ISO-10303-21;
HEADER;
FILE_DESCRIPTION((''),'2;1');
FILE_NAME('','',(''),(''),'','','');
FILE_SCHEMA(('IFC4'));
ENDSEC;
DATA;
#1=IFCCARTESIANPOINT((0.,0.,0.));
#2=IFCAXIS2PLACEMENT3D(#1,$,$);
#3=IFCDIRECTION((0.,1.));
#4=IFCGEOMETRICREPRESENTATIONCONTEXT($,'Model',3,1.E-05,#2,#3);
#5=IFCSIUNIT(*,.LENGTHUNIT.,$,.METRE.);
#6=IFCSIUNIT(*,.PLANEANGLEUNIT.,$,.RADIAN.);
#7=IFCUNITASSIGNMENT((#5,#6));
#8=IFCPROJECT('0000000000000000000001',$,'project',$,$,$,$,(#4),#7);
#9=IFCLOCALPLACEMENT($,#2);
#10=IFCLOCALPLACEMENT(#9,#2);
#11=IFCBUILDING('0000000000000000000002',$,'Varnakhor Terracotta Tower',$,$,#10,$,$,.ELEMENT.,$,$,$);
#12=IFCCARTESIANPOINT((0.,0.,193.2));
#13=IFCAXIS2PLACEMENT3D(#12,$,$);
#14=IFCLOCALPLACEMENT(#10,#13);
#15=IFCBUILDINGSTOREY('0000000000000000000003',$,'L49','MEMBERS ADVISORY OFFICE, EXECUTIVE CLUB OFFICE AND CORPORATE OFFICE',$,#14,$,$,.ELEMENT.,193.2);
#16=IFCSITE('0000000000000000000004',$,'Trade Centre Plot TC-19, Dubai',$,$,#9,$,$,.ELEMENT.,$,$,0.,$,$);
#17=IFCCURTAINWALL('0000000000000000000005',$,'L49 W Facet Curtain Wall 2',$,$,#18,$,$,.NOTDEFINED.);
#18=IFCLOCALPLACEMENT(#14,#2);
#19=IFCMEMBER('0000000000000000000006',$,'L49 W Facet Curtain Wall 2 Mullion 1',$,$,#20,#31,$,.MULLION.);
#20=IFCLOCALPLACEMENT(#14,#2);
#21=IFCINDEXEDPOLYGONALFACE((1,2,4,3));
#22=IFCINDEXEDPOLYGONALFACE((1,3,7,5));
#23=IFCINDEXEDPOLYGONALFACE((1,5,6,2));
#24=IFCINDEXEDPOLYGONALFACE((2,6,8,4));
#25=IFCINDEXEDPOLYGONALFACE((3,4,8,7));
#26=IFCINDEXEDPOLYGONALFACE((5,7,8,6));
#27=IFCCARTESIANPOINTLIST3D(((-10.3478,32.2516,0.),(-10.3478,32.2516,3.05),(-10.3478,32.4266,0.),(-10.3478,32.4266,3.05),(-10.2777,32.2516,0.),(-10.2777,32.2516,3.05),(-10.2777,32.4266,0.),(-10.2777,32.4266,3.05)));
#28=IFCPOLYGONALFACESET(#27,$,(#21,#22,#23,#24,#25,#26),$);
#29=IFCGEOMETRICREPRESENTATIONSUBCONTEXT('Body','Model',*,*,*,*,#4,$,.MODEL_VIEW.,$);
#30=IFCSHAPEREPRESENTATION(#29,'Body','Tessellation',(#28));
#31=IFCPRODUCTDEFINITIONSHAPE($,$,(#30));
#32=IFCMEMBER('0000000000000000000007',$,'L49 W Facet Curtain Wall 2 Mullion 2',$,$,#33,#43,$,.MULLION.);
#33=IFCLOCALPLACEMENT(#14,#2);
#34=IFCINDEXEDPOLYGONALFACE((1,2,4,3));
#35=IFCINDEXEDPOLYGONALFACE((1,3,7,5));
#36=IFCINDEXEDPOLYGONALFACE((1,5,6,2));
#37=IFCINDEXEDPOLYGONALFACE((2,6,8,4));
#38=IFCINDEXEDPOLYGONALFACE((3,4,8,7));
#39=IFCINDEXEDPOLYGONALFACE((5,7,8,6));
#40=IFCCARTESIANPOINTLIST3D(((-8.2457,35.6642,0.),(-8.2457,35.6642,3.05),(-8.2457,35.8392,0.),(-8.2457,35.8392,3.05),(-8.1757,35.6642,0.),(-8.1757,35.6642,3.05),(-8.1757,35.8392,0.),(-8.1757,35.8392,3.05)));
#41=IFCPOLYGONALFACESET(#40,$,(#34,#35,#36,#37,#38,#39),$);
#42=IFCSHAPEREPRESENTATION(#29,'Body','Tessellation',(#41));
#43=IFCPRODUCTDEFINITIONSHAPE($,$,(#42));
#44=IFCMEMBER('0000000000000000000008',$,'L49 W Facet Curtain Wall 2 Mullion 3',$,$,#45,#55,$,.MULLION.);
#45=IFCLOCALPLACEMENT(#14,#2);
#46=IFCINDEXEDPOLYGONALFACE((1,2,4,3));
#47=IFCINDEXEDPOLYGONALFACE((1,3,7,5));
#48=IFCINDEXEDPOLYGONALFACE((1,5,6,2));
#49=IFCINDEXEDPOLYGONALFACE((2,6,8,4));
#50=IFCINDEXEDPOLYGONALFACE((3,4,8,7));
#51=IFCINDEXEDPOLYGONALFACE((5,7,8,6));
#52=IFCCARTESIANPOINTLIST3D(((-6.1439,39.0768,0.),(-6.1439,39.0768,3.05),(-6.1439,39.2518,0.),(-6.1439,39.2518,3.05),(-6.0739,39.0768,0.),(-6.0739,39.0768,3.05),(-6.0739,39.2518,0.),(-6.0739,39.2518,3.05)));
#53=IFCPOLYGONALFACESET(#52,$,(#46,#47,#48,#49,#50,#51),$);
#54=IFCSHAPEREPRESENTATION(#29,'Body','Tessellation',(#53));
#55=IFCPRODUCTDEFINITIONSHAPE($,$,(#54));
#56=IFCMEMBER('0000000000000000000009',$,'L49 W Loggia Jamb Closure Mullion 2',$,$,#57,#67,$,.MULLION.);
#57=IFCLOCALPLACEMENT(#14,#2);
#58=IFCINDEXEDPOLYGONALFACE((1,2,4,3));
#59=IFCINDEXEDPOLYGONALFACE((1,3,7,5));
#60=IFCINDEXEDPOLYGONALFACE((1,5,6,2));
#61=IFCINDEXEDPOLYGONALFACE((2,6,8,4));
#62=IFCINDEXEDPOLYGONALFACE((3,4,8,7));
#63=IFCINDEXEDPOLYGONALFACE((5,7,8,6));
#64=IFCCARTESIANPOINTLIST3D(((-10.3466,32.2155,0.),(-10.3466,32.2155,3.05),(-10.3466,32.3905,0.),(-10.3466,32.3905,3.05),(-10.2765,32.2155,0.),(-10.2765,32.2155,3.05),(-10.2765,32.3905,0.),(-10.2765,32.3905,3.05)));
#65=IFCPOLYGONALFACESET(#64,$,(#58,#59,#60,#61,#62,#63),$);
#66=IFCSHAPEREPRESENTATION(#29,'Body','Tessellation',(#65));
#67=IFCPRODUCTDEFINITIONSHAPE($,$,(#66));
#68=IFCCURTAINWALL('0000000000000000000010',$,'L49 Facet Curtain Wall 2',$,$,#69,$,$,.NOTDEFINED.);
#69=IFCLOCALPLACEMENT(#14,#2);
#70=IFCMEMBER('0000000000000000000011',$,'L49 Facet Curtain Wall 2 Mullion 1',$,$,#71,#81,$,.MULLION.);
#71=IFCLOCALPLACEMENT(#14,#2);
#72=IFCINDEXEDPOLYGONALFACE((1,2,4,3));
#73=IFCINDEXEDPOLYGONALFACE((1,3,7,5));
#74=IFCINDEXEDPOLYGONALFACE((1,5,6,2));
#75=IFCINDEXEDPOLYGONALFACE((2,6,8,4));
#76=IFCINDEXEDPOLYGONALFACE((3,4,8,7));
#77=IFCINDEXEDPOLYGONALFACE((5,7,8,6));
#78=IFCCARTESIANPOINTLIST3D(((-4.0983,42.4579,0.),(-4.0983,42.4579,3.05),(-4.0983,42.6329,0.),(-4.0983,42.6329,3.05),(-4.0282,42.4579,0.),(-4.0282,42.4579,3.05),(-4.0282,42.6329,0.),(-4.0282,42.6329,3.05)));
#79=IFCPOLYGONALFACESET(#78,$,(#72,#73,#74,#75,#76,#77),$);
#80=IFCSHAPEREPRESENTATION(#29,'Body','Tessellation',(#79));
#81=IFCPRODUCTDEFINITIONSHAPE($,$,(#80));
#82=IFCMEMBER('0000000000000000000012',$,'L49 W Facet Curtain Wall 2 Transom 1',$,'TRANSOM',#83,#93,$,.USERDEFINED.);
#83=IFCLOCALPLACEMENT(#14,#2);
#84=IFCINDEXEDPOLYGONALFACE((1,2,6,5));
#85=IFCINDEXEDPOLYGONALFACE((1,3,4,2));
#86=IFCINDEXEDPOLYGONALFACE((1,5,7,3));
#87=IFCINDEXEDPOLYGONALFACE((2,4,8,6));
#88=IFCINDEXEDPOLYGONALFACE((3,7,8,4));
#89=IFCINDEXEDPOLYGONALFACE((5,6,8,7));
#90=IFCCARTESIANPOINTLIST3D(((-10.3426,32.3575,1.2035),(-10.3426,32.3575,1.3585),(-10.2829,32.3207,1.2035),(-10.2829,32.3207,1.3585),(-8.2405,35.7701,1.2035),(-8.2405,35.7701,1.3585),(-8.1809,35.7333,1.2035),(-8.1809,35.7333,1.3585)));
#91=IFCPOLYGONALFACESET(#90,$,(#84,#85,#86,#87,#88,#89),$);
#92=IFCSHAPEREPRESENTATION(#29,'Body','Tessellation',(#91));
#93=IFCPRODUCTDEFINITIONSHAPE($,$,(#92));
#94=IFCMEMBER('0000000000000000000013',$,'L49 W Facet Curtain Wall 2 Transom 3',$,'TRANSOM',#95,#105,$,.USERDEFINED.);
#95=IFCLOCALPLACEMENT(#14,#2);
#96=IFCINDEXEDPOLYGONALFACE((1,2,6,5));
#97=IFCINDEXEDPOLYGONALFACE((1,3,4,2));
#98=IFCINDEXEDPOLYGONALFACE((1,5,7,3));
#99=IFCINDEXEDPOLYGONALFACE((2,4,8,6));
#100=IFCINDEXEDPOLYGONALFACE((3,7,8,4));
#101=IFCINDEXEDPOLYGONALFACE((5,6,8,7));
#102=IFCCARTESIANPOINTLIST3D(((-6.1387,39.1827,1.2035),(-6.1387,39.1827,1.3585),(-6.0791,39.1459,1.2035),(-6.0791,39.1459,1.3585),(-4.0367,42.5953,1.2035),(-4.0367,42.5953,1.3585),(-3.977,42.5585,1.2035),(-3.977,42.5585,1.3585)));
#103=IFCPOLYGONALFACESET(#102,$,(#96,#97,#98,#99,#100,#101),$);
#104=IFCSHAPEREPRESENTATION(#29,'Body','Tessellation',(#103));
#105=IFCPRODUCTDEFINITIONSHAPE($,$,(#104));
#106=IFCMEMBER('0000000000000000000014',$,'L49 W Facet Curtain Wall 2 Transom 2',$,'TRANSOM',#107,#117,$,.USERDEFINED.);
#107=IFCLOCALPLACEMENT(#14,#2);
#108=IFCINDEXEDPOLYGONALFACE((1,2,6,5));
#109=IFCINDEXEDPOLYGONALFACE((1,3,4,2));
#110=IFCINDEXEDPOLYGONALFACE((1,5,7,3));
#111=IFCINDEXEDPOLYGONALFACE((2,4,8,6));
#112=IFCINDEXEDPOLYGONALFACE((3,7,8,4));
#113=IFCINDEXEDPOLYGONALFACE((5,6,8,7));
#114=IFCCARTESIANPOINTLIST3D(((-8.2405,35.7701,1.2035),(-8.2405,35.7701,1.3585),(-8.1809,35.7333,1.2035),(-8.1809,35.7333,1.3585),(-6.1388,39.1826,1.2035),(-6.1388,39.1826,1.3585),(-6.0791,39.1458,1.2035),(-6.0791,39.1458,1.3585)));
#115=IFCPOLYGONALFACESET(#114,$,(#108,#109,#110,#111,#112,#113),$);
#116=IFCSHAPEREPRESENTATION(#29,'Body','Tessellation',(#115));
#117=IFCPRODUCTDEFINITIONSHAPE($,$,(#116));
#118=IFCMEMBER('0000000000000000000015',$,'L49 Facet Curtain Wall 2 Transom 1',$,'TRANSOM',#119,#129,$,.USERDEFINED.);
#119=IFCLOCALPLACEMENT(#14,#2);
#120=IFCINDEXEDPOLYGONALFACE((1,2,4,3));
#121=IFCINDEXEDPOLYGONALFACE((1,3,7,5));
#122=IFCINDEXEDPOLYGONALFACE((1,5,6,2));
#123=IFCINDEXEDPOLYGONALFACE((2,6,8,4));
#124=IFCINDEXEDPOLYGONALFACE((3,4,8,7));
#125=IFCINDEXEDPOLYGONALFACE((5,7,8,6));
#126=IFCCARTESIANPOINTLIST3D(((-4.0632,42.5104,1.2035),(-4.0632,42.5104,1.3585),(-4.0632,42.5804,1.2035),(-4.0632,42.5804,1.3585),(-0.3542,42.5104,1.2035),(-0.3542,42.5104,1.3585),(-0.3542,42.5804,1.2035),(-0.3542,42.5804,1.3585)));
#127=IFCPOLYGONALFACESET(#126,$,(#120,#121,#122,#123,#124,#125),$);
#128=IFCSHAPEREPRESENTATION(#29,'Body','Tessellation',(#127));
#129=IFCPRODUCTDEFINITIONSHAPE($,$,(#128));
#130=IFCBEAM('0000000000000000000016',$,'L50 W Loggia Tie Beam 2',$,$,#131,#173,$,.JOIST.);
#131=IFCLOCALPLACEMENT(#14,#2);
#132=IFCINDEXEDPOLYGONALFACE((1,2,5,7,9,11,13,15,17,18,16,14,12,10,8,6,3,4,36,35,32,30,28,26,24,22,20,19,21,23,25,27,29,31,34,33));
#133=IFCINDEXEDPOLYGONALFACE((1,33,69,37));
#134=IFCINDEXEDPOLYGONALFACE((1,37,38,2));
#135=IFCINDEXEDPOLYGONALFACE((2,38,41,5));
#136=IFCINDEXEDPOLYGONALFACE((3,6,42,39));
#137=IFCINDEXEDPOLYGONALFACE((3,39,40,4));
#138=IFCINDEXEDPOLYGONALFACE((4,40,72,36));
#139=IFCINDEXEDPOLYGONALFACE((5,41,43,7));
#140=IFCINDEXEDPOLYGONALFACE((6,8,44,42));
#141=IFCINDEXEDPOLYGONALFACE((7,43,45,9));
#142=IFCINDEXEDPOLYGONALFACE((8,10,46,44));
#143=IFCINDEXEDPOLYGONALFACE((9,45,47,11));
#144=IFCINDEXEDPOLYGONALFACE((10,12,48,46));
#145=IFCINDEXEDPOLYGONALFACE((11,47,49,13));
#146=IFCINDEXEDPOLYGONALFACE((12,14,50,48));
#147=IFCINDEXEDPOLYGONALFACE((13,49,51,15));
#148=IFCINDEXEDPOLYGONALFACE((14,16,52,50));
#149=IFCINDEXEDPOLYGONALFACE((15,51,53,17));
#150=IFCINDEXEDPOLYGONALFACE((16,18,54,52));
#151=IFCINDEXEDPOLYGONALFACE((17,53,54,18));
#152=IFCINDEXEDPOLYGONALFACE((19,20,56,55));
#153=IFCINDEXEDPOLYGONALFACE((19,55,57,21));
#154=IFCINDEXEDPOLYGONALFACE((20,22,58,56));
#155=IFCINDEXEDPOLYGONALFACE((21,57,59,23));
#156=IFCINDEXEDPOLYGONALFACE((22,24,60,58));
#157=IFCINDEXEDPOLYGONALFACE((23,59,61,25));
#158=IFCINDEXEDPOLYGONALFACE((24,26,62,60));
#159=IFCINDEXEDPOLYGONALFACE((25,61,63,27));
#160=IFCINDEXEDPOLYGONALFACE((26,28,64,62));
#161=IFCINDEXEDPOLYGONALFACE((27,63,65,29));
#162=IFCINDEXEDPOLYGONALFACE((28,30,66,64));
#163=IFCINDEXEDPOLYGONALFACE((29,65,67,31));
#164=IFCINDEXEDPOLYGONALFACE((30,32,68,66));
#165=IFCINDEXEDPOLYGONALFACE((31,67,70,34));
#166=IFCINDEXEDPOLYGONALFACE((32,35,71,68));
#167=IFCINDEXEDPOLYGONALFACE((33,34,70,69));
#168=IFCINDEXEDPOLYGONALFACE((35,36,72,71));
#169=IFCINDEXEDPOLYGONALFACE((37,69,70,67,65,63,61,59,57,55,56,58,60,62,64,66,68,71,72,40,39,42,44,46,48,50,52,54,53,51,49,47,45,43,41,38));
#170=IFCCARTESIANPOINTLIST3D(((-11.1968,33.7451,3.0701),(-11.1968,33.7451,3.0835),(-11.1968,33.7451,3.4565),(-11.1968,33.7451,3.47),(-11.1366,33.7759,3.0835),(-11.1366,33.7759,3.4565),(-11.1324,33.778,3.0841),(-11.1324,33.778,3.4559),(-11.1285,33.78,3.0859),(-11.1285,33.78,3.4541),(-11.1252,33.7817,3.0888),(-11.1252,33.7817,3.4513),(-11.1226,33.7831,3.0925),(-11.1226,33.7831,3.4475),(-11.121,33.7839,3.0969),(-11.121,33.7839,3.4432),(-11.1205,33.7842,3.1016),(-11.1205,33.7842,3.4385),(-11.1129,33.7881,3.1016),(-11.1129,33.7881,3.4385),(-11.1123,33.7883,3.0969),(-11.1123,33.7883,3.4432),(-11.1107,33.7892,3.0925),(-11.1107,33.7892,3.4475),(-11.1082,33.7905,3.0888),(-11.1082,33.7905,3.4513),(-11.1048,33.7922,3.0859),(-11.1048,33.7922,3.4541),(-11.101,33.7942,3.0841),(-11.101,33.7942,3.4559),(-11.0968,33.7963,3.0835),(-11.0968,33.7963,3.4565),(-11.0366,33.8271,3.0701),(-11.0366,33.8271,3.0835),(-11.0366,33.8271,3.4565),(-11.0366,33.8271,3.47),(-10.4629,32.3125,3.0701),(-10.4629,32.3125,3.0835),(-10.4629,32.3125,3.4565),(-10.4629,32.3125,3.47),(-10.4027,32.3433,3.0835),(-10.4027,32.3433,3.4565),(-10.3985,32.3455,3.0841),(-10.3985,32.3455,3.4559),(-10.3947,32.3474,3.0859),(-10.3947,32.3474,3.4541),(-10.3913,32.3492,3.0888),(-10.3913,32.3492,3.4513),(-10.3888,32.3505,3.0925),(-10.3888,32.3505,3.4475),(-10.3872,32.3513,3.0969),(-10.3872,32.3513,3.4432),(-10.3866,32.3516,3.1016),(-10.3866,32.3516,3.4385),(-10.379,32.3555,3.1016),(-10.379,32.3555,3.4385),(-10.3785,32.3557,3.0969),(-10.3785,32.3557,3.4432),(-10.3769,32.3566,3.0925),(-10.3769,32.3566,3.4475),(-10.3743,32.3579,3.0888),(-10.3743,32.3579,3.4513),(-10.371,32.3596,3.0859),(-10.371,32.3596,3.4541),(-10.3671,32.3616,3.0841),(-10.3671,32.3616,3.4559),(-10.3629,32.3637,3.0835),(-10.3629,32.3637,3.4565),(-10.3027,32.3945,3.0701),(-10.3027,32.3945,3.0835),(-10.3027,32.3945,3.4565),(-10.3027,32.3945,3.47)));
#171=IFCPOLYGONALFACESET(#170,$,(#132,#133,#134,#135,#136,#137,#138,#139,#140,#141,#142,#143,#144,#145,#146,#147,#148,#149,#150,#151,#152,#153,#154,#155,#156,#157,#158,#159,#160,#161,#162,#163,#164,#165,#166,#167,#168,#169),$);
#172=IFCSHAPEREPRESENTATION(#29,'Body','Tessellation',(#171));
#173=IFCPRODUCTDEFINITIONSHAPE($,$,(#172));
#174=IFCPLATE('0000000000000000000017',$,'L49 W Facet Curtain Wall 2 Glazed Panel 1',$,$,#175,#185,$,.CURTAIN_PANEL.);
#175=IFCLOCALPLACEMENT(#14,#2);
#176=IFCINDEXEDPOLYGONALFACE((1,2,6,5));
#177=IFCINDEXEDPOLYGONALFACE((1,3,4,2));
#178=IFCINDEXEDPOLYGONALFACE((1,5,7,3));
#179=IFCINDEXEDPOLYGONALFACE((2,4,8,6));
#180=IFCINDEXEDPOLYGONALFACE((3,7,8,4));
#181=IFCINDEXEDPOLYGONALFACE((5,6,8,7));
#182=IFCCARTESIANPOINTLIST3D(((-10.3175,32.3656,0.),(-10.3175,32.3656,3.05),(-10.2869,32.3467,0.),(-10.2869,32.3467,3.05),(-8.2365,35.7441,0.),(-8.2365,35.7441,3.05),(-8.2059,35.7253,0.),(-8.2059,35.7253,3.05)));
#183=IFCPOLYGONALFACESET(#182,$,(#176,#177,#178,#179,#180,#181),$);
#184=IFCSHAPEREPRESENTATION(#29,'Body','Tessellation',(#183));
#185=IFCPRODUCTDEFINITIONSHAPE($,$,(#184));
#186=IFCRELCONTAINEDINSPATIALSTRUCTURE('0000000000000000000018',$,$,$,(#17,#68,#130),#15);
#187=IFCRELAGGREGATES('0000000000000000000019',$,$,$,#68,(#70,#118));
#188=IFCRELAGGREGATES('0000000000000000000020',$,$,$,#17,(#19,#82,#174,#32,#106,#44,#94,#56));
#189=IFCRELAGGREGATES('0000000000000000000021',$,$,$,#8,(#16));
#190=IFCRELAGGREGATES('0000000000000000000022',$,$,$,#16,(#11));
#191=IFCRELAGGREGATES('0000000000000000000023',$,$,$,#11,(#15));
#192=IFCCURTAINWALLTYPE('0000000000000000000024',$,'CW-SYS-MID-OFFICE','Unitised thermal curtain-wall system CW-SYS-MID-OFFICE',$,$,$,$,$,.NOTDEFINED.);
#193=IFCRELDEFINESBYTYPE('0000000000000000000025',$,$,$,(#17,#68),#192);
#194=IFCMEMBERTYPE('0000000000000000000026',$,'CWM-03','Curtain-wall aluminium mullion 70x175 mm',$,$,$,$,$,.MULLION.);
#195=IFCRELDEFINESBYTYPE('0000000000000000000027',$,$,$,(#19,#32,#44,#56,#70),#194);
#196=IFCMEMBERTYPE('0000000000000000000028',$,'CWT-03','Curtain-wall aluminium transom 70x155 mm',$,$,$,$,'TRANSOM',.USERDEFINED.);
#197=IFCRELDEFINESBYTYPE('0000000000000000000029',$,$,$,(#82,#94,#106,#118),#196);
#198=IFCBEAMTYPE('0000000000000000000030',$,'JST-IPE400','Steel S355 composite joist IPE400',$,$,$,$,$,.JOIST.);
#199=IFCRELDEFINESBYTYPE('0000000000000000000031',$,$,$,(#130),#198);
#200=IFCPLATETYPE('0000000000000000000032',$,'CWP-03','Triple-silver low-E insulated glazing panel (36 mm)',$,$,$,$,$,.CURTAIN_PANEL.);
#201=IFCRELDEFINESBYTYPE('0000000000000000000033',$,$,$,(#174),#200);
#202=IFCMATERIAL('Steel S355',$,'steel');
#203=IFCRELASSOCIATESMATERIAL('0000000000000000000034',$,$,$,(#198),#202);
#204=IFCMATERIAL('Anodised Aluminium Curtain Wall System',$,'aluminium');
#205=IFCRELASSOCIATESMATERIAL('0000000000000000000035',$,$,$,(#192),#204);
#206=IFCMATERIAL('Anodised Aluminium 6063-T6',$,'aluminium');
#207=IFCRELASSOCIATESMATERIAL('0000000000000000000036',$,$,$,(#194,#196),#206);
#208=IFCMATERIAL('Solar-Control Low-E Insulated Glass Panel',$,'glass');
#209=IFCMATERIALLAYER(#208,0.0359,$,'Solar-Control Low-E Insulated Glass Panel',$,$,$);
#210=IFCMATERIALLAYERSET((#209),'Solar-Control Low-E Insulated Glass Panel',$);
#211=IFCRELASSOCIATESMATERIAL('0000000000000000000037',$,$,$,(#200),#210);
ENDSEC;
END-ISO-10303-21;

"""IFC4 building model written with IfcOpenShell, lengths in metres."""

from ifc_helpers import new_model, si_unit, direction, frame, origin, origin_2d, place, context, subcontext, project, spatial, rectangle, i_section, extrude, source, transform, mapped, material, layer, layer_set, material_profile, profile_set, type_object, element, aggregate, save


model = new_model("IFC4")

# Units and contexts
model_context = context("Model", 3, precision=1e-05, world=origin(), true_north=direction((0.0, 1.0)))
body_context = subcontext(model_context, "Body", "Model", "MODEL_VIEW")
ifc_project = project(units=[si_unit("LENGTHUNIT", "METRE"), si_unit("PLANEANGLEUNIT", "RADIAN")], contexts=[model_context])

# Site, building, storey
site_placement = place(None, origin())
site = spatial("IfcSite", under=ifc_project, at=site_placement, Name="Trade Centre Plot TC-19, Dubai", CompositionType="ELEMENT", RefElevation=0.0)
building_placement = place(site_placement, origin())
building = spatial("IfcBuilding", under=site, at=building_placement, Name="Varnakhor Terracotta Tower", CompositionType="ELEMENT")
storey_placement = place(building_placement, frame((0.0, 0.0, 193.2)))
storey = spatial("IfcBuildingStorey", under=building, at=storey_placement, Name="L49", Description="MEMBERS ADVISORY OFFICE, EXECUTIVE CLUB OFFICE AND CORPORATE OFFICE", CompositionType="ELEMENT", Elevation=193.2)

# Shared definitions
ifc_material_1 = material(Name="Steel S355", Category="steel")
ifc_material_profile_1 = material_profile(ifc_material_1, i_section(OverallWidth=0.1799, OverallDepth=0.3999, WebThickness=0.0085, FlangeThickness=0.0134, FilletRadius=0.0181, at=origin_2d()), Name="IPE400")
ifc_profile_set_1 = profile_set([ifc_material_profile_1], Name="Steel S355")
beam_type_1 = type_object("IfcBeamType", Name="JST-IPE400", Description="Steel S355 composite joist IPE400", PredefinedType="JOIST", material=ifc_profile_set_1)

# Curtain wall, members
ifc_material_2 = material(Name="Anodised Aluminium Curtain Wall System", Category="aluminium")
curtain_wall_type = type_object("IfcCurtainWallType", Name="CW-SYS-MID-OFFICE", Description="Unitised thermal curtain-wall system CW-SYS-MID-OFFICE", PredefinedType="NOTDEFINED", material=ifc_material_2)
curtain_wall_1_placement = place(storey_placement, origin())
curtain_wall_1 = element("IfcCurtainWall", 1, at=curtain_wall_1_placement, inside=storey, type_object=curtain_wall_type, Name="L49 W Facet Curtain Wall 2", PredefinedType="NOTDEFINED")
ifc_material_3 = material(Name="Anodised Aluminium 6063-T6", Category="aluminium")
ifc_material_profile_2 = material_profile(ifc_material_3, rectangle(XDim=0.0701, YDim=0.175, at=origin_2d()), Name="ALU MULLION 70x175")
ifc_profile_set_2 = profile_set([ifc_material_profile_2], Name="Anodised Aluminium 6063-T6")
member_type_1 = type_object("IfcMemberType", Name="CWM-03", Description="Curtain-wall aluminium mullion 70x175 mm", PredefinedType="MULLION", material=ifc_profile_set_2)
shared_shape_1 = source(origin(), body_context, "Body", "SweptSolid", [
    extrude(rectangle(XDim=0.0701, YDim=0.175, at=origin_2d()), origin(), (0.0, 0.0, 1.0), 3.05),
])
member_1_placement = place(storey_placement, frame((-10.3127, 32.3391, 0.0), z_axis=(0.0, 0.0, 1.0), x_axis=(1.0, 0.0, 0.0)))
member_1 = element("IfcMember", 2, at=member_1_placement, type_object=member_type_1, Name="L49 W Facet Curtain Wall 2 Mullion 1", PredefinedType="MULLION", context=body_context, shape_type="MappedRepresentation", body=[
    mapped(shared_shape_1, transform((0.0, 0.0, 0.0), scale=1.0)),
])
member_2_placement = place(storey_placement, frame((-8.2107, 35.7517, 0.0), z_axis=(0.0, 0.0, 1.0), x_axis=(1.0, 0.0, 0.0)))
member_2 = element("IfcMember", 3, at=member_2_placement, type_object=member_type_1, Name="L49 W Facet Curtain Wall 2 Mullion 2", PredefinedType="MULLION", context=body_context, shape_type="MappedRepresentation", body=[
    mapped(shared_shape_1, transform((0.0, 0.0, 0.0), scale=1.0)),
])
member_3_placement = place(storey_placement, frame((-6.1089, 39.1643, 0.0), z_axis=(0.0, 0.0, 1.0), x_axis=(1.0, 0.0, 0.0)))
member_3 = element("IfcMember", 4, at=member_3_placement, type_object=member_type_1, Name="L49 W Facet Curtain Wall 2 Mullion 3", PredefinedType="MULLION", context=body_context, shape_type="MappedRepresentation", body=[
    mapped(shared_shape_1, transform((0.0, 0.0, 0.0), scale=1.0)),
])
member_4_placement = place(storey_placement, frame((-10.3115, 32.303, 0.0), z_axis=(0.0, 0.0, 1.0), x_axis=(1.0, 0.0, 0.0)))
member_4 = element("IfcMember", 5, at=member_4_placement, type_object=member_type_1, Name="L49 W Loggia Jamb Closure Mullion 2", PredefinedType="MULLION", context=body_context, shape_type="MappedRepresentation", body=[
    mapped(shared_shape_1, transform((0.0, 0.0, 0.0), scale=1.0)),
])

# Curtain wall, member
curtain_wall_2_placement = place(storey_placement, origin())
curtain_wall_2 = element("IfcCurtainWall", 6, at=curtain_wall_2_placement, inside=storey, type_object=curtain_wall_type, Name="L49 Facet Curtain Wall 2", PredefinedType="NOTDEFINED")
member_5_placement = place(storey_placement, frame((-4.0632, 42.5454, 0.0), z_axis=(0.0, 0.0, 1.0), x_axis=(1.0, 0.0, 0.0)))
member_5 = element("IfcMember", 7, at=member_5_placement, type_object=member_type_1, Name="L49 Facet Curtain Wall 2 Mullion 1", PredefinedType="MULLION", context=body_context, shape_type="MappedRepresentation", body=[
    mapped(shared_shape_1, transform((0.0, 0.0, 0.0), scale=1.0)),
])

# Members
ifc_material_profile_3 = material_profile(ifc_material_3, rectangle(XDim=0.0701, YDim=0.155, at=origin_2d()), Name="ALU TRANSOM 70x155")
ifc_profile_set_3 = profile_set([ifc_material_profile_3], Name="Anodised Aluminium 6063-T6")
member_type_2 = type_object("IfcMemberType", Name="CWT-03", Description="Curtain-wall aluminium transom 70x155 mm", ElementType="TRANSOM", PredefinedType="USERDEFINED", material=ifc_profile_set_3)
shared_shape_2 = source(origin(), body_context, "Body", "SweptSolid", [
    extrude(rectangle(XDim=0.0701, YDim=0.155, at=origin_2d()), origin(), (0.0, 0.0, 1.0), 4.0081),
])
member_6_placement = place(storey_placement, frame((-10.3127, 32.3391, 1.281), z_axis=(0.524458, 0.851437, 0.0), x_axis=(-0.851437, 0.524458, 0.0)))
member_6 = element("IfcMember", 8, at=member_6_placement, type_object=member_type_2, Name="L49 W Facet Curtain Wall 2 Transom 1", ObjectType="TRANSOM", PredefinedType="USERDEFINED", context=body_context, shape_type="MappedRepresentation", body=[
    mapped(shared_shape_2, transform((0.0, 0.0, 0.0), scale=1.0)),
])
member_7_placement = place(storey_placement, frame((-6.1089, 39.1643, 1.281), z_axis=(0.524458, 0.851437, 0.0), x_axis=(-0.851437, 0.524458, 0.0)))
member_7 = element("IfcMember", 9, at=member_7_placement, type_object=member_type_2, Name="L49 W Facet Curtain Wall 2 Transom 3", ObjectType="TRANSOM", PredefinedType="USERDEFINED", context=body_context, shape_type="MappedRepresentation", body=[
    mapped(shared_shape_2, transform((0.0, 0.0, 0.0), scale=1.0)),
])
shared_shape_3 = source(origin(), body_context, "Body", "SweptSolid", [
    extrude(rectangle(XDim=0.0701, YDim=0.155, at=origin_2d()), origin(), (0.0, 0.0, 1.0), 4.0078),
])
member_8_placement = place(storey_placement, frame((-8.2107, 35.7517, 1.281), z_axis=(0.524413, 0.851464, 0.0), x_axis=(-0.851464, 0.524413, 0.0)))
member_8 = element("IfcMember", 10, at=member_8_placement, type_object=member_type_2, Name="L49 W Facet Curtain Wall 2 Transom 2", ObjectType="TRANSOM", PredefinedType="USERDEFINED", context=body_context, shape_type="MappedRepresentation", body=[
    mapped(shared_shape_3, transform((0.0, 0.0, 0.0), scale=1.0)),
])
shared_shape_4 = source(origin(), body_context, "Body", "SweptSolid", [
    extrude(rectangle(XDim=0.0701, YDim=0.155, at=origin_2d()), origin(), (0.0, 0.0, 1.0), 3.709),
])
member_9_placement = place(storey_placement, frame((-4.0632, 42.5454, 1.281), z_axis=(1.0, 0.0, 0.0), x_axis=(0.0, 1.0, 0.0)))
member_9 = element("IfcMember", 11, at=member_9_placement, type_object=member_type_2, Name="L49 Facet Curtain Wall 2 Transom 1", ObjectType="TRANSOM", PredefinedType="USERDEFINED", context=body_context, shape_type="MappedRepresentation", body=[
    mapped(shared_shape_4, transform((0.0, 0.0, 0.0), scale=1.0)),
])
aggregate(curtain_wall_2, [member_5, member_9])

# Beam
shared_shape_5 = source(origin(), body_context, "Body", "SweptSolid", [
    extrude(i_section(OverallWidth=0.1799, OverallDepth=0.3999, WebThickness=0.0085, FlangeThickness=0.0134, FilletRadius=0.0181, at=origin_2d()), origin(), (0.0, 0.0, 1.0), 1.6096),
])
beam_1_placement = place(storey_placement, frame((-10.3828, 32.3535, 3.27), z_axis=(-0.455929, 0.890016, 0.0), x_axis=(-0.890016, -0.455929, 0.0)))
element("IfcBeam", 12, at=beam_1_placement, inside=storey, type_object=beam_type_1, Name="L50 W Loggia Tie Beam 2", PredefinedType="JOIST", context=body_context, shape_type="MappedRepresentation", body=[
    mapped(shared_shape_5, transform((0.0, 0.0, 0.0), scale=1.0)),
])

# Plate
ifc_material_4 = material(Name="Solar-Control Low-E Insulated Glass Panel", Category="glass")
ifc_layer_1 = layer(ifc_material_4, 0.0359, Name="Solar-Control Low-E Insulated Glass Panel")
ifc_layer_set_1 = layer_set([ifc_layer_1], Name="Solar-Control Low-E Insulated Glass Panel")
plate_type = type_object("IfcPlateType", Name="CWP-03", Description="Triple-silver low-E insulated glazing panel (36 mm)", PredefinedType="CURTAIN_PANEL", material=ifc_layer_set_1)
shared_shape_6 = source(origin(), body_context, "Body", "SweptSolid", [
    extrude(rectangle(XDim=3.968, YDim=0.0359, at=origin_2d()), origin(), (0.0, 0.0, 1.0), 3.05),
])
plate_1_placement = place(storey_placement, frame((-9.2617, 34.0454, 0.0), z_axis=(0.0, 0.0, 1.0), x_axis=(0.524447, 0.851443, 0.0)))
plate_1 = element("IfcPlate", 13, at=plate_1_placement, type_object=plate_type, Name="L49 W Facet Curtain Wall 2 Glazed Panel 1", PredefinedType="CURTAIN_PANEL", context=body_context, shape_type="MappedRepresentation", body=[
    mapped(shared_shape_6, transform((0.0, 0.0, 0.0), scale=1.0)),
])
aggregate(curtain_wall_1, [member_1, member_6, plate_1, member_2, member_8, member_3, member_7, member_4])

save(model, "model.ifc")
